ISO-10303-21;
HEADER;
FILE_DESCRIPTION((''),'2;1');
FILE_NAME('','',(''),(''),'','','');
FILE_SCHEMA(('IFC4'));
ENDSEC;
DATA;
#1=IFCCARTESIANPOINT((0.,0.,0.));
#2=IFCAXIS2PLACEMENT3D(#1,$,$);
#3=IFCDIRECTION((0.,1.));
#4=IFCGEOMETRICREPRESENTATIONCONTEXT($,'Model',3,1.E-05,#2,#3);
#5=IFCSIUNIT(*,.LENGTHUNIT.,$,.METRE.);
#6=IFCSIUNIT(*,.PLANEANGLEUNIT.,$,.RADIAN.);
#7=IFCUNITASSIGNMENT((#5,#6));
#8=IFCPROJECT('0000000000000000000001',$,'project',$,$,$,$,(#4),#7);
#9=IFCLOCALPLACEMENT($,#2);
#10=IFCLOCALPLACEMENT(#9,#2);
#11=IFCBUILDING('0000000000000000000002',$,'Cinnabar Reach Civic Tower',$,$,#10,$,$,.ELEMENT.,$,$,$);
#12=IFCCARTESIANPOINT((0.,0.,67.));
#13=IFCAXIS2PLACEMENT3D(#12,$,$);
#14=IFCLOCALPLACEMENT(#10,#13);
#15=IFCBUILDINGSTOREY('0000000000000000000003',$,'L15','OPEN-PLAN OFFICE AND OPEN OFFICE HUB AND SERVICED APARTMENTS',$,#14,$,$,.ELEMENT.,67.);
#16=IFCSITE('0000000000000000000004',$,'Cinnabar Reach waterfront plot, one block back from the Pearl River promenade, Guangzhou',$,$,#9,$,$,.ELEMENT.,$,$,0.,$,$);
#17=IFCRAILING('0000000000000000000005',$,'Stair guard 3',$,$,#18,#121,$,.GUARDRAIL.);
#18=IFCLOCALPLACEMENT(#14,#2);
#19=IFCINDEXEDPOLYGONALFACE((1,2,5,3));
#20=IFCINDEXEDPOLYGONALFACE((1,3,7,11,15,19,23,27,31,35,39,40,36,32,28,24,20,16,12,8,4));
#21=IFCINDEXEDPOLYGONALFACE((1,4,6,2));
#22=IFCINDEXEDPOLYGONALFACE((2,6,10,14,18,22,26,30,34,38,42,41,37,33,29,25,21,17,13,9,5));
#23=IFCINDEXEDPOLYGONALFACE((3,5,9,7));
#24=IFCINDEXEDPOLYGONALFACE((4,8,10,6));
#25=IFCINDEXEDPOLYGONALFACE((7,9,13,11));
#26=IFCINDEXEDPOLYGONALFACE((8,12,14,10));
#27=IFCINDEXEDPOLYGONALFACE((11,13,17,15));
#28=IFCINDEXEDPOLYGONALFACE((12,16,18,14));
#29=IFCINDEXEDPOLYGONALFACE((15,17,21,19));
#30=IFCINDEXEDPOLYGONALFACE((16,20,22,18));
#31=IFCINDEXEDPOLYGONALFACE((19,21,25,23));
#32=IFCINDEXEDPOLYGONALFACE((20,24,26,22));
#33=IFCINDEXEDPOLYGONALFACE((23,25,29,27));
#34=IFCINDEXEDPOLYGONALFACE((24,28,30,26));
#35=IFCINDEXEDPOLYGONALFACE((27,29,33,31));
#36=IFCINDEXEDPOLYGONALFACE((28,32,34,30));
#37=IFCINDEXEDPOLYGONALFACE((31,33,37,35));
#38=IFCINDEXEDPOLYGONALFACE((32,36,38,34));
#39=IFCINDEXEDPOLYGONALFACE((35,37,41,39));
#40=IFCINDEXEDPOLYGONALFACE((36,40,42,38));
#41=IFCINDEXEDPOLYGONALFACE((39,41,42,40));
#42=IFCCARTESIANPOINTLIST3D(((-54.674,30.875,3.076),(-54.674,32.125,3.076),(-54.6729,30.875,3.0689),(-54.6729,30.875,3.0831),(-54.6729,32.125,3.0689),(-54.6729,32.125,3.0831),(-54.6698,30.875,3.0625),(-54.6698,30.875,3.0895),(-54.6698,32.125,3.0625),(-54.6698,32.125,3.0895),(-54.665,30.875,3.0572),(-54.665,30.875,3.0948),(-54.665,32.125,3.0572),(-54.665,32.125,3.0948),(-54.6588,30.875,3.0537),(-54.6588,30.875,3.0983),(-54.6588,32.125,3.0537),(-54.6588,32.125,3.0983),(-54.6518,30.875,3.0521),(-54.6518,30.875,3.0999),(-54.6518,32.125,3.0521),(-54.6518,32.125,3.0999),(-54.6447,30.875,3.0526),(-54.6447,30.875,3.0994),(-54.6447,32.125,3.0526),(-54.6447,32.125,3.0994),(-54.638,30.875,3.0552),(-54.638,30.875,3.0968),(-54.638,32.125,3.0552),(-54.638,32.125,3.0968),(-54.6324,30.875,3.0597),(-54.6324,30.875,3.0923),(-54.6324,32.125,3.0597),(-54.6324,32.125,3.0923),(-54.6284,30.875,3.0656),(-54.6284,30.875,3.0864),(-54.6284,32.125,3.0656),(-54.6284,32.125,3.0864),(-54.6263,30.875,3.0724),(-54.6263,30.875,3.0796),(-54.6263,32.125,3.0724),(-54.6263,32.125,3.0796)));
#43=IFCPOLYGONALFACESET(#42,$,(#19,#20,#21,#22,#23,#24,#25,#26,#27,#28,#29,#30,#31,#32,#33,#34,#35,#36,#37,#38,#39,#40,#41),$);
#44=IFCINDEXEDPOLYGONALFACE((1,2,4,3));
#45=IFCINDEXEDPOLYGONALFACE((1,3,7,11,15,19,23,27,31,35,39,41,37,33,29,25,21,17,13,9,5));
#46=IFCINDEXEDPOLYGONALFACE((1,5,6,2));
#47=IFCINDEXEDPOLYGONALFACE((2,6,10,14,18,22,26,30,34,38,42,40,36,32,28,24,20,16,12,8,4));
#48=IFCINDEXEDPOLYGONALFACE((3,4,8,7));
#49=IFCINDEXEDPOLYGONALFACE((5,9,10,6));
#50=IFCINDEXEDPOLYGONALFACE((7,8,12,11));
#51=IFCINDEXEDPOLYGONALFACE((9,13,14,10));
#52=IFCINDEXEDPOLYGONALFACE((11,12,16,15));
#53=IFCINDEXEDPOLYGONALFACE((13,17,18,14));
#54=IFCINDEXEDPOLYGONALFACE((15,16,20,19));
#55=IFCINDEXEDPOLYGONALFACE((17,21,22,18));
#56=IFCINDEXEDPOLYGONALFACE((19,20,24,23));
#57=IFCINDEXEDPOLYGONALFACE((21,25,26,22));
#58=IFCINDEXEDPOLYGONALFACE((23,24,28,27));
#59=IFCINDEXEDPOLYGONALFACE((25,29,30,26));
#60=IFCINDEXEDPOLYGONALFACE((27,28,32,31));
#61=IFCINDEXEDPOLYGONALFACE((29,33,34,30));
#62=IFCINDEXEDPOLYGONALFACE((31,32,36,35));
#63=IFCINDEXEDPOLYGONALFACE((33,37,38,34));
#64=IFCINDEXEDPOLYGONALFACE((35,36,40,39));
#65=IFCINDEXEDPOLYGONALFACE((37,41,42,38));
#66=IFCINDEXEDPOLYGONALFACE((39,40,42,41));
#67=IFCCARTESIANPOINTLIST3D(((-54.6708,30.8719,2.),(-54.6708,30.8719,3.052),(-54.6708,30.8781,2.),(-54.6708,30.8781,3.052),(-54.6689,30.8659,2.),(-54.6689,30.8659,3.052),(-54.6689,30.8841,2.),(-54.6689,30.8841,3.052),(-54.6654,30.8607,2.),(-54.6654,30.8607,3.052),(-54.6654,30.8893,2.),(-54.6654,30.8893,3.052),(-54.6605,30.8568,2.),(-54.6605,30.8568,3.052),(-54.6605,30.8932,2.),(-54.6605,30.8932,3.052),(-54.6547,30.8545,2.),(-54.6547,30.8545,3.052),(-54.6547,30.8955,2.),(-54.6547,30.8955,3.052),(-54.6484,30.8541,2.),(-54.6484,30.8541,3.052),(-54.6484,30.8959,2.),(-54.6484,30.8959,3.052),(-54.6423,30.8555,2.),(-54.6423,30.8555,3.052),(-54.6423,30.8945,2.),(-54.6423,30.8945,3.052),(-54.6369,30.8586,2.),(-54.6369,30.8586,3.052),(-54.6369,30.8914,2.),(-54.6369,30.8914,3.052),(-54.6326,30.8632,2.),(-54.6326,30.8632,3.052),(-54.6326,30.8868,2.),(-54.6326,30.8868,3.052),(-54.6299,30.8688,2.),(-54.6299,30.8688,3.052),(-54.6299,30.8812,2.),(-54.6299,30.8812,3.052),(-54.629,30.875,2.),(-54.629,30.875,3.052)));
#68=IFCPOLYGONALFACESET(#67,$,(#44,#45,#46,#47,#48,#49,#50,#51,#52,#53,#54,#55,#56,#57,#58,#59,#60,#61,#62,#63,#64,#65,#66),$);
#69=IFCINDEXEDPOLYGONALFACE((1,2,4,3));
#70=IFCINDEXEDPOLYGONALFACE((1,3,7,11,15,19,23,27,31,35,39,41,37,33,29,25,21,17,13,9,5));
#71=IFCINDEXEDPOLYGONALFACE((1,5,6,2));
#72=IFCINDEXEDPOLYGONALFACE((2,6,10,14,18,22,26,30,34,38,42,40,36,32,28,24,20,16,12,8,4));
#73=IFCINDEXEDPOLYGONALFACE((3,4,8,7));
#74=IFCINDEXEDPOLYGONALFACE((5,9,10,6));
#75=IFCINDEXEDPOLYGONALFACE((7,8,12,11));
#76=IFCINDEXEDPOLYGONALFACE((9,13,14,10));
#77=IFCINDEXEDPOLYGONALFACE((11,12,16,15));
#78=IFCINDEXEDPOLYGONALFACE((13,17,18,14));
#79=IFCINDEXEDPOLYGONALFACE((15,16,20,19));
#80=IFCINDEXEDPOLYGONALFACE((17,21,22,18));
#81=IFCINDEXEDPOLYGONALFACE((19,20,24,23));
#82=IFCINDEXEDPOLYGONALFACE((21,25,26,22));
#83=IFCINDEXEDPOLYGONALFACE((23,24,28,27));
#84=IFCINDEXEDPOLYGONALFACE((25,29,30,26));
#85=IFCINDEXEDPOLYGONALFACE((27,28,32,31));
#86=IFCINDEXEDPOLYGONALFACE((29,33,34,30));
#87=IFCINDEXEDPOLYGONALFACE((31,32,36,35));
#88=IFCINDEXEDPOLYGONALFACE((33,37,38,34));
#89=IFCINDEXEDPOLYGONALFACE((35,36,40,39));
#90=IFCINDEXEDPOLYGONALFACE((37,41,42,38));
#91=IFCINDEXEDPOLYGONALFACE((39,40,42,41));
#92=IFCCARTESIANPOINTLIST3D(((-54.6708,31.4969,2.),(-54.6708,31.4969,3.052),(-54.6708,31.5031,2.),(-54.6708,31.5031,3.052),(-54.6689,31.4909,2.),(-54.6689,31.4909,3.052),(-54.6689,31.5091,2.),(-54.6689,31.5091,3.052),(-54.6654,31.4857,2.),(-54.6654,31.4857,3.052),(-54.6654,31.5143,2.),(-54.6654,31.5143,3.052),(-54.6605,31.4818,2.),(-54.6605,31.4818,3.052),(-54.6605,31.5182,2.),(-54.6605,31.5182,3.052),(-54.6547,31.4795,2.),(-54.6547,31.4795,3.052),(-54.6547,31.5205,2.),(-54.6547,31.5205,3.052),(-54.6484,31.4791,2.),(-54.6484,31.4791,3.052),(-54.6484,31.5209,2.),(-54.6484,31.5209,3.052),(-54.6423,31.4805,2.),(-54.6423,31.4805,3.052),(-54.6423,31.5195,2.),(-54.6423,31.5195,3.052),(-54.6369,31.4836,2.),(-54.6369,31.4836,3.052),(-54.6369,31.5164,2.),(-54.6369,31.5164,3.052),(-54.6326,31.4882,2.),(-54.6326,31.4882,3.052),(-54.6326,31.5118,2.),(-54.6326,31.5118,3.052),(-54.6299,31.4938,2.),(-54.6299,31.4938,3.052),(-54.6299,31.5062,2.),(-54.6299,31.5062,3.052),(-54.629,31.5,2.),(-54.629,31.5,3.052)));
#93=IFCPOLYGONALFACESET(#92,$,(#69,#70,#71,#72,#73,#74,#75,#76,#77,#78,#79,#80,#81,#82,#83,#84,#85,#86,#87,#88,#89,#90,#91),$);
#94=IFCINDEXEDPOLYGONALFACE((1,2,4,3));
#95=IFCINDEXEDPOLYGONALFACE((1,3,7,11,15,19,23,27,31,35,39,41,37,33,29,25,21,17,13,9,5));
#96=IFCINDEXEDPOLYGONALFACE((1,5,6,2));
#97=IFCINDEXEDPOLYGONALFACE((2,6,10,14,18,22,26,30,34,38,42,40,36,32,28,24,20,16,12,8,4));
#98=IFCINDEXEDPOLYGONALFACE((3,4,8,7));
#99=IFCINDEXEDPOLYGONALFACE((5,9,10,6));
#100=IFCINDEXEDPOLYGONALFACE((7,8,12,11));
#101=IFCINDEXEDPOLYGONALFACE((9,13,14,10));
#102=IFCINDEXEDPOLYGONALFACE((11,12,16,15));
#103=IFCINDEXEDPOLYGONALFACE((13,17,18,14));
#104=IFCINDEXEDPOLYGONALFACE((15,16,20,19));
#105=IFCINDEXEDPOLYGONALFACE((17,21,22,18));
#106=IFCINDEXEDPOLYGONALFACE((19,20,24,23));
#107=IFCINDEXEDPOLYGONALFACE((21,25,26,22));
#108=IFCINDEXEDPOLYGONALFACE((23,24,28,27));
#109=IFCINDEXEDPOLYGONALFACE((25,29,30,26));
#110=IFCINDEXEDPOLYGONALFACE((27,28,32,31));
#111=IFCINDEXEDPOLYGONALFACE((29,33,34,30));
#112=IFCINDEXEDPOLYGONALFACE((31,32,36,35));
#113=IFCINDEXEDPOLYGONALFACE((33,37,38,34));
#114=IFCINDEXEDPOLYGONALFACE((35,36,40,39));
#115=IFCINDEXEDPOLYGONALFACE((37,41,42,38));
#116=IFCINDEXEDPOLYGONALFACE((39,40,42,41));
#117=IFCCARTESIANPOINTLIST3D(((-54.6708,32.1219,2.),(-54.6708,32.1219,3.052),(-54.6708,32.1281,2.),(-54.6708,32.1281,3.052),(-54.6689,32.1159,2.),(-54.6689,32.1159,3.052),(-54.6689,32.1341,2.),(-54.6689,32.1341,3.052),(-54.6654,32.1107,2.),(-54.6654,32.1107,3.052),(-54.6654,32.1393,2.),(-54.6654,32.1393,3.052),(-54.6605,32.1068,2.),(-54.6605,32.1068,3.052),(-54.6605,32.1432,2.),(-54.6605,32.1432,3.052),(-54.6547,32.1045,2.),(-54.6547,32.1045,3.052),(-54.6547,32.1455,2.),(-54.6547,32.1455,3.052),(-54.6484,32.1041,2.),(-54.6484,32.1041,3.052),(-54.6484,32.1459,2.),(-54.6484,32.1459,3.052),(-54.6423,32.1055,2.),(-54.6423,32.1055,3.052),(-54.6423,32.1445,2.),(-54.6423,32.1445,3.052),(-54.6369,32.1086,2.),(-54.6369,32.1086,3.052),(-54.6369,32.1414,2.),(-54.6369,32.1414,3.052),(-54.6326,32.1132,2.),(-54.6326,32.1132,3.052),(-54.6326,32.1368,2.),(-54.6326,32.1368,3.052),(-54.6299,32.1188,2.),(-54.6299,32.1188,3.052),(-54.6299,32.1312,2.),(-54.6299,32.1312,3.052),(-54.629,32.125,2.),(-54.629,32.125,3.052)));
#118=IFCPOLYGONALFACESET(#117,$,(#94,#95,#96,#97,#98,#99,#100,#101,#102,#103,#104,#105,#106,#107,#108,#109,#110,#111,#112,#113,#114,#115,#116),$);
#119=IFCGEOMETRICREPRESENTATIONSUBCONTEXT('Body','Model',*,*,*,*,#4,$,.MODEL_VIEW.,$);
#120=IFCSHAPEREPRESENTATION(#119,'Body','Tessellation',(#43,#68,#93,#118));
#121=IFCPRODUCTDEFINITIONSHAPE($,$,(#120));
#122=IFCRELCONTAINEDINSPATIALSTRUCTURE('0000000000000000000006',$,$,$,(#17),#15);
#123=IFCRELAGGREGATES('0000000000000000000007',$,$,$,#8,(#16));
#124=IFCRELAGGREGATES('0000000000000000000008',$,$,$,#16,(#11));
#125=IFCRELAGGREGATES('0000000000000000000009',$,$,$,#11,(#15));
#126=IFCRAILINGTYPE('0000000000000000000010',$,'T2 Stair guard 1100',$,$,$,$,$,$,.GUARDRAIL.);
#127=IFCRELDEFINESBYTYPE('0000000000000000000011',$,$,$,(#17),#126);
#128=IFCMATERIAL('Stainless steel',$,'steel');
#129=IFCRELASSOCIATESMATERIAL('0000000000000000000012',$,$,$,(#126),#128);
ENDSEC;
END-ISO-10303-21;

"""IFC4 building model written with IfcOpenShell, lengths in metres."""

from ifc_helpers import new_model, si_unit, direction, frame, origin, origin_2d, place, context, subcontext, project, spatial, circle, extrude, material, type_object, element, save


model = new_model("IFC4")

# Units and contexts
model_context = context("Model", 3, precision=1e-05, world=origin(), true_north=direction((0.0, 1.0)))
body_context = subcontext(model_context, "Body", "Model", "MODEL_VIEW")
ifc_project = project(units=[si_unit("LENGTHUNIT", "METRE"), si_unit("PLANEANGLEUNIT", "RADIAN")], contexts=[model_context])

# Site, building, storey
site_placement = place(None, origin())
site = spatial("IfcSite", under=ifc_project, at=site_placement, Name="Cinnabar Reach waterfront plot, one block back from the Pearl River promenade, Guangzhou", CompositionType="ELEMENT", RefElevation=0.0)
building_placement = place(site_placement, origin())
building = spatial("IfcBuilding", under=site, at=building_placement, Name="Cinnabar Reach Civic Tower", CompositionType="ELEMENT")
storey_placement = place(building_placement, frame((0.0, 0.0, 67.0)))
storey = spatial("IfcBuildingStorey", under=building, at=storey_placement, Name="L15", Description="OPEN-PLAN OFFICE AND OPEN OFFICE HUB AND SERVICED APARTMENTS", CompositionType="ELEMENT", Elevation=67.0)

# Railing
ifc_material_1 = material(Name="Stainless steel", Category="steel")
railing_type = type_object("IfcRailingType", Name="T2 Stair guard 1100", PredefinedType="GUARDRAIL", material=ifc_material_1)
railing_1_placement = place(storey_placement, frame((-54.65, 30.875, 2.0)))
element("IfcRailing", 1, at=railing_1_placement, inside=storey, type_object=railing_type, Name="Stair guard 3", PredefinedType="GUARDRAIL", context=body_context, shape_type="SweptSolid", body=[
    extrude(circle(Radius=0.024, at=origin_2d()), frame((0.0, 0.0, 1.076), z_axis=(0.0, 1.0, 0.0), x_axis=(-1.0, 0.0, 0.0)), (0.0, 0.0, 1.0), 1.25),
    extrude(circle(Radius=0.021, at=origin_2d()), origin(), (0.0, 0.0, 1.0), 1.052),
    extrude(circle(Radius=0.021, at=origin_2d()), frame((0.0, 0.625, 0.0)), (0.0, 0.0, 1.0), 1.052),
    extrude(circle(Radius=0.021, at=origin_2d()), frame((0.0, 1.25, 0.0)), (0.0, 0.0, 1.0), 1.052),
])

save(model, "model.ifc")
